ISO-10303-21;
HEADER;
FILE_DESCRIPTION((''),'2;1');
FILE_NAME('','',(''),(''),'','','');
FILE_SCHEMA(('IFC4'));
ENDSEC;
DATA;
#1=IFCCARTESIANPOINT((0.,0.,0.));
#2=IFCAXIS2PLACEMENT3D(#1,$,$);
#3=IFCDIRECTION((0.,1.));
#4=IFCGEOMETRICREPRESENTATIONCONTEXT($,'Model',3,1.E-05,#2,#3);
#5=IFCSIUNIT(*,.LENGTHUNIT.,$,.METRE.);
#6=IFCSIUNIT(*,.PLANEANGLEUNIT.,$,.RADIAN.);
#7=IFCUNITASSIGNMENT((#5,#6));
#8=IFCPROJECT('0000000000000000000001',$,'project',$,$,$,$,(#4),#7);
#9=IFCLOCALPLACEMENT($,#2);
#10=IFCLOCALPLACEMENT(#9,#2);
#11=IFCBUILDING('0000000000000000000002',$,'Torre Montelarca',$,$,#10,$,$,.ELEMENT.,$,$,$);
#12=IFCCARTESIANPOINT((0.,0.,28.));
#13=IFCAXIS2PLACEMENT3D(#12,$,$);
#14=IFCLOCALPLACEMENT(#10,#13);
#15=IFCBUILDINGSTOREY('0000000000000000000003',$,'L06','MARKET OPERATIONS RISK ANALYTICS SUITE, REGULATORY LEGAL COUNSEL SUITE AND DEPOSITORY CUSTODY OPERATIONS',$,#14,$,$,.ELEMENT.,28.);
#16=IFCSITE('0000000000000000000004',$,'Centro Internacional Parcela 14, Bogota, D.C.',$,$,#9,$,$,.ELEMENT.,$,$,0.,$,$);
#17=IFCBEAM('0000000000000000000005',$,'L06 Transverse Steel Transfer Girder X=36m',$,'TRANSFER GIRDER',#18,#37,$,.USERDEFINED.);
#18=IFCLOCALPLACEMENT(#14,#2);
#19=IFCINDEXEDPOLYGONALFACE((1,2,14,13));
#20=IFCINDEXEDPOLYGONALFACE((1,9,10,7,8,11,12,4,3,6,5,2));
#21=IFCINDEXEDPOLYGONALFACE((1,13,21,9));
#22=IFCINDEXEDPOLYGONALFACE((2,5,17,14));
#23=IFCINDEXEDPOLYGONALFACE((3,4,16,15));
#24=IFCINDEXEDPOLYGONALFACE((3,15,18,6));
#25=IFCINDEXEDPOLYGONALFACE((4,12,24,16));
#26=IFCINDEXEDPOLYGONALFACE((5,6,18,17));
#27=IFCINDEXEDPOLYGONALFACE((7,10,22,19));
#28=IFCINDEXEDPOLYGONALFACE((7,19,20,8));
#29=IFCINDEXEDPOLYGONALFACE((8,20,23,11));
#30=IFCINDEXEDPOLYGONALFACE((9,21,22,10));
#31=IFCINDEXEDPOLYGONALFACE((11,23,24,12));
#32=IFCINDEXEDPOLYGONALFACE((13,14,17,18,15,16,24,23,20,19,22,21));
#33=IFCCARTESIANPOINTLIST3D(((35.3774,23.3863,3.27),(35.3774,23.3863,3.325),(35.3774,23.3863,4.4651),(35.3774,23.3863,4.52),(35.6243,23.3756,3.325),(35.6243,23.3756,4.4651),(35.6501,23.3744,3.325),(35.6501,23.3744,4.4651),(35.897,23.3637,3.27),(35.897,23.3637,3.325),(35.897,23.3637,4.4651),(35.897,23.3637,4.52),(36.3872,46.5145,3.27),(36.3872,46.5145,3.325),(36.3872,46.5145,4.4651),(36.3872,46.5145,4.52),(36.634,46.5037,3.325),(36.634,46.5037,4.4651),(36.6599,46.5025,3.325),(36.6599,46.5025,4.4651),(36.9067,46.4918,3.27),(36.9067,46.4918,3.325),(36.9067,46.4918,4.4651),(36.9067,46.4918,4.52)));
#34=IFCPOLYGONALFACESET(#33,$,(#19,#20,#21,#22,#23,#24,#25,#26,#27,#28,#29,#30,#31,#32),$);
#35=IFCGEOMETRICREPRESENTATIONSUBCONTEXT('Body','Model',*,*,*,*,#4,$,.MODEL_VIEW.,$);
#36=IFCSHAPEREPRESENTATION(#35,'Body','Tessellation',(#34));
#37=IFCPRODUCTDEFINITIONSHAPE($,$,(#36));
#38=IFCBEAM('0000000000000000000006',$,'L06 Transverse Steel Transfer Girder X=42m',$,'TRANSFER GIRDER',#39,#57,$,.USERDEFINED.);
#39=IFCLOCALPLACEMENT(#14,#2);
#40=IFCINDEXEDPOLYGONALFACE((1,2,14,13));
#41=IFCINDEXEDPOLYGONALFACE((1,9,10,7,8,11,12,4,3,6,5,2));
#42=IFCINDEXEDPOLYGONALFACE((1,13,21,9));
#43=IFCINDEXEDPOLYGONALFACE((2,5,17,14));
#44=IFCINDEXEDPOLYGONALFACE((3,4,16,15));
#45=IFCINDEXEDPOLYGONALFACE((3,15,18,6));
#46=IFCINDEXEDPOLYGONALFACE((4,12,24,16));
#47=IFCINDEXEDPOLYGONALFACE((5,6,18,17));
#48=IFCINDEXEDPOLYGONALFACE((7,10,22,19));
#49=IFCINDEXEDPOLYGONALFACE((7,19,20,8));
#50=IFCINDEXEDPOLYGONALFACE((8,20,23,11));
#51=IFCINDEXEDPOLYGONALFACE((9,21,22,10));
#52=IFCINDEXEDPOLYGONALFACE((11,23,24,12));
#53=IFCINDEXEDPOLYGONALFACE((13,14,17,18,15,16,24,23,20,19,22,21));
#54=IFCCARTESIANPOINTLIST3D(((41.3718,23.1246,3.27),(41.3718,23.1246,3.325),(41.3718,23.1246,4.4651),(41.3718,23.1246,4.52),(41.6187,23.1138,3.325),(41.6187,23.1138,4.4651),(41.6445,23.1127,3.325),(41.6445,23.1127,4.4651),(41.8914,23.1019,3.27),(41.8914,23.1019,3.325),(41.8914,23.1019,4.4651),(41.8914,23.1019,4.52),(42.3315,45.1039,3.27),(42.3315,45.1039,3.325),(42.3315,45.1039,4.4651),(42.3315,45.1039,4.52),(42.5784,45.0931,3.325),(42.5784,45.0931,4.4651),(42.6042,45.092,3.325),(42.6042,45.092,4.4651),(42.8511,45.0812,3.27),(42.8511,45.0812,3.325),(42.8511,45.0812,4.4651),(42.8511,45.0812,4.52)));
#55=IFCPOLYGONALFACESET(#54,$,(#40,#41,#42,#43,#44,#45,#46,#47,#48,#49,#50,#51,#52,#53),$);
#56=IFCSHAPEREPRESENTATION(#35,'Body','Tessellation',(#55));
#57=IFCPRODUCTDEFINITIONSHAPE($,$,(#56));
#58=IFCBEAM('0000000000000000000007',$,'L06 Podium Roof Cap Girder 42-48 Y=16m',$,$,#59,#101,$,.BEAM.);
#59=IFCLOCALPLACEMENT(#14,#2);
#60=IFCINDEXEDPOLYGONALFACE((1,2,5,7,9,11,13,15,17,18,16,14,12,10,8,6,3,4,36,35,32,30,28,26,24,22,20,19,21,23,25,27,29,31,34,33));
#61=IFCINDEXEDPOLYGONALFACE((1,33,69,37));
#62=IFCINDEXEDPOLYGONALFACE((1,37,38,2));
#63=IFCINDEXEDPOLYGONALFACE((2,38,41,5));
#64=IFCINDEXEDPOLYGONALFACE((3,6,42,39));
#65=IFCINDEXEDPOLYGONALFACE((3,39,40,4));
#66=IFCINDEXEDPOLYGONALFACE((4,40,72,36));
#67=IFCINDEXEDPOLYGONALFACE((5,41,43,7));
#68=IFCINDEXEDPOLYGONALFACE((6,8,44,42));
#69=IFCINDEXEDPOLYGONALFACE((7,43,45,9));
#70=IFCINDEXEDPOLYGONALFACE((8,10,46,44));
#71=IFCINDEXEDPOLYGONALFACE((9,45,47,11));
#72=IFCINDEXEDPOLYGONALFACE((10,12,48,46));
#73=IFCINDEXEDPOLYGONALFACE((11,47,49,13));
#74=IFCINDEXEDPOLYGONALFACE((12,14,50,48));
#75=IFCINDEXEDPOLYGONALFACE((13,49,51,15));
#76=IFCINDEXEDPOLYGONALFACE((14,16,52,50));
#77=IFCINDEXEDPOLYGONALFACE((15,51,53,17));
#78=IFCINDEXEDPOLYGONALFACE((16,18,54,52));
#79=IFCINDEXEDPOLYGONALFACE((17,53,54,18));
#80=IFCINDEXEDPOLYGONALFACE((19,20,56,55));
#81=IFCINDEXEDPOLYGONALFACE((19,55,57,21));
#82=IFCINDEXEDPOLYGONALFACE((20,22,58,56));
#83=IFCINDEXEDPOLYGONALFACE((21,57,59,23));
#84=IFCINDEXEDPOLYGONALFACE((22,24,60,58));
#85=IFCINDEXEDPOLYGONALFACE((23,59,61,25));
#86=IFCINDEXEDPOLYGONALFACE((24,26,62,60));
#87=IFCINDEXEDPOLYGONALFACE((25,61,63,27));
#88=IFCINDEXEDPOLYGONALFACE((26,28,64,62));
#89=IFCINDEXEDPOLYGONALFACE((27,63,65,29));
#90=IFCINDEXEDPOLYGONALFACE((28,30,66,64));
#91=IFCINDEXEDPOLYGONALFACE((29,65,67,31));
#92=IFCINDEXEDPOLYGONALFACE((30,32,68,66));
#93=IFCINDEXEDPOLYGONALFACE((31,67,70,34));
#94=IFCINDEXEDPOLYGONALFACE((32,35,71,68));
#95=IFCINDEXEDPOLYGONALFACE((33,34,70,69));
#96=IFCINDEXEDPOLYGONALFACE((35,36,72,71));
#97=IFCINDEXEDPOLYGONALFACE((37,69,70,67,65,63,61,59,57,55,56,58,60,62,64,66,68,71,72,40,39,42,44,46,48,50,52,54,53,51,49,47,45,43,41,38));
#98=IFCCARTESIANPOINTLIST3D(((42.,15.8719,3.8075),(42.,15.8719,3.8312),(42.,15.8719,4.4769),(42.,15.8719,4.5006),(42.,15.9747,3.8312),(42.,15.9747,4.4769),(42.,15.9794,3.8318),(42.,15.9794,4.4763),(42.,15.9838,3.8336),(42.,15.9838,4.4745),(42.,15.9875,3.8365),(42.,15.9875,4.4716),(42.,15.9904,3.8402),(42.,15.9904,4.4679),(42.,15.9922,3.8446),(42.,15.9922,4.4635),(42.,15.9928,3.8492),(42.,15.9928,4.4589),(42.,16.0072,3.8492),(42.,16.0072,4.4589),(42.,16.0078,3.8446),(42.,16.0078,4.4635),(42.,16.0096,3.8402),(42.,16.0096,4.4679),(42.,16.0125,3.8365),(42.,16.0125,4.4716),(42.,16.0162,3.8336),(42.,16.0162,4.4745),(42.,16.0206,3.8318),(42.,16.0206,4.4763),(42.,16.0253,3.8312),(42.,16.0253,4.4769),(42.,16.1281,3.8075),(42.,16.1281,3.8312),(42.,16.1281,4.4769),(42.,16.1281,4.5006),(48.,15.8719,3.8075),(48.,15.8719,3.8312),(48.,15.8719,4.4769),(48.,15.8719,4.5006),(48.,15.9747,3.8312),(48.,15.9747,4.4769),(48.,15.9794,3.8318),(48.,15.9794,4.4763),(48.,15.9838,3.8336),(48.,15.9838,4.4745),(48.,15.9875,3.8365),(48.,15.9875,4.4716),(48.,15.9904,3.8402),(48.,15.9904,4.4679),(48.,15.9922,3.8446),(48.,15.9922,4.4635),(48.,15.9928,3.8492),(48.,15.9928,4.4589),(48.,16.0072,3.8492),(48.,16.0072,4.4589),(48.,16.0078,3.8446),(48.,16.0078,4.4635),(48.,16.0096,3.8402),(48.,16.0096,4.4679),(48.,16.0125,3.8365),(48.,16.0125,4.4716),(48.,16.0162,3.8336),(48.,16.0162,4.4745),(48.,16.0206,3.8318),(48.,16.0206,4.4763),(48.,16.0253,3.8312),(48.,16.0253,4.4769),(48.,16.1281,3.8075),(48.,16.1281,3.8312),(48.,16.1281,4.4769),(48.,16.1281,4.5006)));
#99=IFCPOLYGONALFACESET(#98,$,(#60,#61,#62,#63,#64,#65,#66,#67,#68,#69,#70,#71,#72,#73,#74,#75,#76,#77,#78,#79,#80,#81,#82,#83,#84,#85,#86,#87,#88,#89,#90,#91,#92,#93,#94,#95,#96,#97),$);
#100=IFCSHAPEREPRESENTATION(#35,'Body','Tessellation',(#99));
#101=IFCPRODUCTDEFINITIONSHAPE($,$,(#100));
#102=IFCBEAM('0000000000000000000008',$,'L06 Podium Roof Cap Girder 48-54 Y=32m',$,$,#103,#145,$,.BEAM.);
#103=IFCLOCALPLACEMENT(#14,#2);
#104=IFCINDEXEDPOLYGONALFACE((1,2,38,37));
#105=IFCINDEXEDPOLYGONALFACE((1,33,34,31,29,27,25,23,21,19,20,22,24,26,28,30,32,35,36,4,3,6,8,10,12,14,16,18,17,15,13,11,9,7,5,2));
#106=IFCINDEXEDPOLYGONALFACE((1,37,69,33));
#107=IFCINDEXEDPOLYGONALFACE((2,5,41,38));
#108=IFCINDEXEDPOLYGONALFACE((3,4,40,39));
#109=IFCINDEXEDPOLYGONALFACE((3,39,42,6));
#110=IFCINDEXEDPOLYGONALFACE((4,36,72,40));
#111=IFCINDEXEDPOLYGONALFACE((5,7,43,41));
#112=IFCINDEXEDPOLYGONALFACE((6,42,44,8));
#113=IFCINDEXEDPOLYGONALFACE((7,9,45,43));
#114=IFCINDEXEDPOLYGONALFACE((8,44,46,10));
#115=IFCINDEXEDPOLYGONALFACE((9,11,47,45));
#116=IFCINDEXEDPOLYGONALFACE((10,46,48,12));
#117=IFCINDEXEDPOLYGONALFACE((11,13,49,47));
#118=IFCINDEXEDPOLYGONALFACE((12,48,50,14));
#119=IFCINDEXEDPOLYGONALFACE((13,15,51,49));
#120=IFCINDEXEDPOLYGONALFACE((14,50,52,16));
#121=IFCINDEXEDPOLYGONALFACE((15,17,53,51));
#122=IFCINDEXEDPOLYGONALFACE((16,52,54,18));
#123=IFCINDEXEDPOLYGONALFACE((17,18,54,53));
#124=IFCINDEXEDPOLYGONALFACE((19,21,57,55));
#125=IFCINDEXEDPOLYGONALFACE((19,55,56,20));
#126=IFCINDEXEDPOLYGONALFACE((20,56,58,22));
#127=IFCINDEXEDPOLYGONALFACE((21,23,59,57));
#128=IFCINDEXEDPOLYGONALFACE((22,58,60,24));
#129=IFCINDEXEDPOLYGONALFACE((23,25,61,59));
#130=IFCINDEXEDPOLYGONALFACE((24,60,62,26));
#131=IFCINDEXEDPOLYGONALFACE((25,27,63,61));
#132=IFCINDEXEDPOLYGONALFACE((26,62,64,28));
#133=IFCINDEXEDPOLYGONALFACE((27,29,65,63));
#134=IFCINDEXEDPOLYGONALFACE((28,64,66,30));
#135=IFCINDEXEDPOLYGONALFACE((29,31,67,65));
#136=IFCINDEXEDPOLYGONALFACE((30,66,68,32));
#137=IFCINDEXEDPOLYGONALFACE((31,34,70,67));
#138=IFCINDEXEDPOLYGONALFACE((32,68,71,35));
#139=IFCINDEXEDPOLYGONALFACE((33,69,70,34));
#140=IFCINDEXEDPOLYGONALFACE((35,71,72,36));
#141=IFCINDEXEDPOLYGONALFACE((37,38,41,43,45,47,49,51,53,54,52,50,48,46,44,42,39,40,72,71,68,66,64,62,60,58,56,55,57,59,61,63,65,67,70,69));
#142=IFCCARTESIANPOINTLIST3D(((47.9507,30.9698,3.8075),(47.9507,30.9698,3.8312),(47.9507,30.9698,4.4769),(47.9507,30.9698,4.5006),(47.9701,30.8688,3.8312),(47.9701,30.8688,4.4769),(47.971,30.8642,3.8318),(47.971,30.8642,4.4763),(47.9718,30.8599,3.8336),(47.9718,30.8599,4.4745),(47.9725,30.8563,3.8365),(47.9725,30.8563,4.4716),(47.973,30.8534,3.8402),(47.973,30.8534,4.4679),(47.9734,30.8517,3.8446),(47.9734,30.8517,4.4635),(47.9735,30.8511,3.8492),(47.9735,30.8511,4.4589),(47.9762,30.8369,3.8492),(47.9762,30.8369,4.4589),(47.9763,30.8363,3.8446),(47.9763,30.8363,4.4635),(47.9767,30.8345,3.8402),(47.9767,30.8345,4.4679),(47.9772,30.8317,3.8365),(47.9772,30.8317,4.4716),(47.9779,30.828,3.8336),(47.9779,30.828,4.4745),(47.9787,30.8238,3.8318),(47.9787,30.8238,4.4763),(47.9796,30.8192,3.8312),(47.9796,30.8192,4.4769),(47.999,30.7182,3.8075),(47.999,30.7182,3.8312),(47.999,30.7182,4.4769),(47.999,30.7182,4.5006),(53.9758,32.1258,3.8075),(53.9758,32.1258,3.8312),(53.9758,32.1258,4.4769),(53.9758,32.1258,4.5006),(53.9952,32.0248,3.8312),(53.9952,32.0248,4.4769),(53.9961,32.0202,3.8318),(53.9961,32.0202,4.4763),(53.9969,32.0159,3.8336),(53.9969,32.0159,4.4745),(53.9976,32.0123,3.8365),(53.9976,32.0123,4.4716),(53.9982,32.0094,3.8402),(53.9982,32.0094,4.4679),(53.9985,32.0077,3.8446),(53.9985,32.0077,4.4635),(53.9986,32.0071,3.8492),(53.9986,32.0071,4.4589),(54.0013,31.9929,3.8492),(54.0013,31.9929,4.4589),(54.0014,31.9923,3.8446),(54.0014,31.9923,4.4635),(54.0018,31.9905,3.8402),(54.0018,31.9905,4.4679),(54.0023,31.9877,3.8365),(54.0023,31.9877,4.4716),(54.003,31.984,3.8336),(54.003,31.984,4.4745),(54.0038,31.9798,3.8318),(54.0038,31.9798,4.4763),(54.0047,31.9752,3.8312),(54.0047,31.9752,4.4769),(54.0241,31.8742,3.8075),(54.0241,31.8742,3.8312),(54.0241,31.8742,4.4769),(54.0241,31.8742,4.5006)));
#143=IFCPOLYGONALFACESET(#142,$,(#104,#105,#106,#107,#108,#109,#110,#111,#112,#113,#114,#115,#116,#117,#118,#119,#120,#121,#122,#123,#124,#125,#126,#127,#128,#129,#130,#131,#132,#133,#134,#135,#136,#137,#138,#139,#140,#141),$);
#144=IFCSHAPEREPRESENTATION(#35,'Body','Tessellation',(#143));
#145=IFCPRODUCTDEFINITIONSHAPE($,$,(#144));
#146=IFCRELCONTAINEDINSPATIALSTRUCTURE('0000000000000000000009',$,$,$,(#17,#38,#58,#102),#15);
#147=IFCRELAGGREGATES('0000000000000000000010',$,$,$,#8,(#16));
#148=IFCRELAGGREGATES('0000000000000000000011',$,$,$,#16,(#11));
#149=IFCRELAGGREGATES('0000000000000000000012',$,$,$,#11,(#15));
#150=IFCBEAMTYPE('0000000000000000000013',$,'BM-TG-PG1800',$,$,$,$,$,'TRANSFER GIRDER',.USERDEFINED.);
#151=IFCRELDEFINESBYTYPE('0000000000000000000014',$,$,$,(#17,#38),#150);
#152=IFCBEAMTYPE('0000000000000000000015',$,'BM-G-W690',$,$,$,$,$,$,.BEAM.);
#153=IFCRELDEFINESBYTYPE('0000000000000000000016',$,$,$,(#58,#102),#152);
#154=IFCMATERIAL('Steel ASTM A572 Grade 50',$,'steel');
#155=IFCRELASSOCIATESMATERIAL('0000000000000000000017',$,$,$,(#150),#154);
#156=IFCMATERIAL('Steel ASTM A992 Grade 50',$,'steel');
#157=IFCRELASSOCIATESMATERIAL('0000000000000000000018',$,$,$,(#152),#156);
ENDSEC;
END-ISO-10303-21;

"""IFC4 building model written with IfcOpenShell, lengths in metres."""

from ifc_helpers import new_model, si_unit, direction, frame, origin, origin_2d, place, context, subcontext, project, spatial, i_section, extrude, source, transform, mapped, material, material_profile, profile_set, type_object, element, save


model = new_model("IFC4")

# Units and contexts
model_context = context("Model", 3, precision=1e-05, world=origin(), true_north=direction((0.0, 1.0)))
body_context = subcontext(model_context, "Body", "Model", "MODEL_VIEW")
ifc_project = project(units=[si_unit("LENGTHUNIT", "METRE"), si_unit("PLANEANGLEUNIT", "RADIAN")], contexts=[model_context])

# Site, building, storey
site_placement = place(None, origin())
site = spatial("IfcSite", under=ifc_project, at=site_placement, Name="Centro Internacional Parcela 14, Bogota, D.C.", CompositionType="ELEMENT", RefElevation=0.0)
building_placement = place(site_placement, origin())
building = spatial("IfcBuilding", under=site, at=building_placement, Name="Torre Montelarca", CompositionType="ELEMENT")
storey_placement = place(building_placement, frame((0.0, 0.0, 28.0)))
storey = spatial("IfcBuildingStorey", under=building, at=storey_placement, Name="L06", Description="MARKET OPERATIONS RISK ANALYTICS SUITE, REGULATORY LEGAL COUNSEL SUITE AND DEPOSITORY CUSTODY OPERATIONS", CompositionType="ELEMENT", Elevation=28.0)

# Beams
ifc_material_1 = material(Name="Steel ASTM A992 Grade 50", Category="steel")
ifc_material_2 = material(Name="Steel ASTM A572 Grade 50", Category="steel")
ifc_material_profile_1 = material_profile(ifc_material_2, i_section(OverallWidth=0.52, OverallDepth=1.25, WebThickness=0.0259, FlangeThickness=0.0549, at=origin_2d()), Name="PG1250X520X26X55", Category="steel")
ifc_profile_set_1 = profile_set([ifc_material_profile_1], Name="Steel ASTM A572 Grade 50")
beam_type_1 = type_object("IfcBeamType", Name="BM-TG-PG1800", ElementType="TRANSFER GIRDER", PredefinedType="USERDEFINED", material=ifc_profile_set_1)
shared_shape_1 = source(origin(), body_context, "Body", "SweptSolid", [
    extrude(i_section(OverallWidth=0.52, OverallDepth=1.25, WebThickness=0.0259, FlangeThickness=0.0549, at=origin_2d()), origin(), (0.0, 0.0, 1.0), 23.1501),
])
beam_1_placement = place(storey_placement, frame((35.6372, 23.375, 3.895), z_axis=(0.043618, 0.999048, 0.0), x_axis=(-0.999048, 0.043618, 0.0)))
element("IfcBeam", 1, at=beam_1_placement, inside=storey, type_object=beam_type_1, Name="L06 Transverse Steel Transfer Girder X=36m", ObjectType="TRANSFER GIRDER", PredefinedType="USERDEFINED", context=body_context, shape_type="MappedRepresentation", body=[
    mapped(shared_shape_1, transform((0.0, 0.0, 0.0), scale=1.0)),
])
shared_shape_2 = source(origin(), body_context, "Body", "SweptSolid", [
    extrude(i_section(OverallWidth=0.52, OverallDepth=1.25, WebThickness=0.0259, FlangeThickness=0.0549, at=origin_2d()), origin(), (0.0, 0.0, 1.0), 22.0002),
])
beam_2_placement = place(storey_placement, frame((41.6316, 23.1133, 3.895), z_axis=(0.043623, 0.999048, 0.0), x_axis=(-0.999048, 0.043623, 0.0)))
element("IfcBeam", 2, at=beam_2_placement, inside=storey, type_object=beam_type_1, Name="L06 Transverse Steel Transfer Girder X=42m", ObjectType="TRANSFER GIRDER", PredefinedType="USERDEFINED", context=body_context, shape_type="MappedRepresentation", body=[
    mapped(shared_shape_2, transform((0.0, 0.0, 0.0), scale=1.0)),
])
ifc_material_profile_2 = material_profile(ifc_material_1, i_section(OverallWidth=0.2561, OverallDepth=0.6931, WebThickness=0.0144, FlangeThickness=0.0237, FilletRadius=0.0181, at=origin_2d()), Name="W690X170", Category="steel")
ifc_profile_set_2 = profile_set([ifc_material_profile_2], Name="Steel ASTM A992 Grade 50")
beam_type_2 = type_object("IfcBeamType", Name="BM-G-W690", PredefinedType="BEAM", material=ifc_profile_set_2)
shared_shape_3 = source(origin(), body_context, "Body", "SweptSolid", [
    extrude(i_section(OverallWidth=0.2561, OverallDepth=0.6931, WebThickness=0.0144, FlangeThickness=0.0237, FilletRadius=0.0181, at=origin_2d()), origin(), (0.0, 0.0, 1.0), 6.0),
])
beam_3_placement = place(storey_placement, frame((42.0, 16.0, 4.1541), z_axis=(1.0, 0.0, 0.0), x_axis=(0.0, 1.0, 0.0)))
element("IfcBeam", 3, at=beam_3_placement, inside=storey, type_object=beam_type_2, Name="L06 Podium Roof Cap Girder 42-48 Y=16m", PredefinedType="BEAM", context=body_context, shape_type="MappedRepresentation", body=[
    mapped(shared_shape_3, transform((0.0, 0.0, 0.0), scale=1.0)),
])
shared_shape_4 = source(origin(), body_context, "Body", "SweptSolid", [
    extrude(i_section(OverallWidth=0.2561, OverallDepth=0.6931, WebThickness=0.0144, FlangeThickness=0.0237, FilletRadius=0.0181, at=origin_2d()), origin(), (0.0, 0.0, 1.0), 6.135),
])
beam_4_placement = place(storey_placement, frame((47.9749, 30.844, 4.1541), z_axis=(0.982087, 0.188427, 0.0), x_axis=(-0.188427, 0.982087, 0.0)))
element("IfcBeam", 4, at=beam_4_placement, inside=storey, type_object=beam_type_2, Name="L06 Podium Roof Cap Girder 48-54 Y=32m", PredefinedType="BEAM", context=body_context, shape_type="MappedRepresentation", body=[
    mapped(shared_shape_4, transform((0.0, 0.0, 0.0), scale=1.0)),
])

save(model, "model.ifc")
